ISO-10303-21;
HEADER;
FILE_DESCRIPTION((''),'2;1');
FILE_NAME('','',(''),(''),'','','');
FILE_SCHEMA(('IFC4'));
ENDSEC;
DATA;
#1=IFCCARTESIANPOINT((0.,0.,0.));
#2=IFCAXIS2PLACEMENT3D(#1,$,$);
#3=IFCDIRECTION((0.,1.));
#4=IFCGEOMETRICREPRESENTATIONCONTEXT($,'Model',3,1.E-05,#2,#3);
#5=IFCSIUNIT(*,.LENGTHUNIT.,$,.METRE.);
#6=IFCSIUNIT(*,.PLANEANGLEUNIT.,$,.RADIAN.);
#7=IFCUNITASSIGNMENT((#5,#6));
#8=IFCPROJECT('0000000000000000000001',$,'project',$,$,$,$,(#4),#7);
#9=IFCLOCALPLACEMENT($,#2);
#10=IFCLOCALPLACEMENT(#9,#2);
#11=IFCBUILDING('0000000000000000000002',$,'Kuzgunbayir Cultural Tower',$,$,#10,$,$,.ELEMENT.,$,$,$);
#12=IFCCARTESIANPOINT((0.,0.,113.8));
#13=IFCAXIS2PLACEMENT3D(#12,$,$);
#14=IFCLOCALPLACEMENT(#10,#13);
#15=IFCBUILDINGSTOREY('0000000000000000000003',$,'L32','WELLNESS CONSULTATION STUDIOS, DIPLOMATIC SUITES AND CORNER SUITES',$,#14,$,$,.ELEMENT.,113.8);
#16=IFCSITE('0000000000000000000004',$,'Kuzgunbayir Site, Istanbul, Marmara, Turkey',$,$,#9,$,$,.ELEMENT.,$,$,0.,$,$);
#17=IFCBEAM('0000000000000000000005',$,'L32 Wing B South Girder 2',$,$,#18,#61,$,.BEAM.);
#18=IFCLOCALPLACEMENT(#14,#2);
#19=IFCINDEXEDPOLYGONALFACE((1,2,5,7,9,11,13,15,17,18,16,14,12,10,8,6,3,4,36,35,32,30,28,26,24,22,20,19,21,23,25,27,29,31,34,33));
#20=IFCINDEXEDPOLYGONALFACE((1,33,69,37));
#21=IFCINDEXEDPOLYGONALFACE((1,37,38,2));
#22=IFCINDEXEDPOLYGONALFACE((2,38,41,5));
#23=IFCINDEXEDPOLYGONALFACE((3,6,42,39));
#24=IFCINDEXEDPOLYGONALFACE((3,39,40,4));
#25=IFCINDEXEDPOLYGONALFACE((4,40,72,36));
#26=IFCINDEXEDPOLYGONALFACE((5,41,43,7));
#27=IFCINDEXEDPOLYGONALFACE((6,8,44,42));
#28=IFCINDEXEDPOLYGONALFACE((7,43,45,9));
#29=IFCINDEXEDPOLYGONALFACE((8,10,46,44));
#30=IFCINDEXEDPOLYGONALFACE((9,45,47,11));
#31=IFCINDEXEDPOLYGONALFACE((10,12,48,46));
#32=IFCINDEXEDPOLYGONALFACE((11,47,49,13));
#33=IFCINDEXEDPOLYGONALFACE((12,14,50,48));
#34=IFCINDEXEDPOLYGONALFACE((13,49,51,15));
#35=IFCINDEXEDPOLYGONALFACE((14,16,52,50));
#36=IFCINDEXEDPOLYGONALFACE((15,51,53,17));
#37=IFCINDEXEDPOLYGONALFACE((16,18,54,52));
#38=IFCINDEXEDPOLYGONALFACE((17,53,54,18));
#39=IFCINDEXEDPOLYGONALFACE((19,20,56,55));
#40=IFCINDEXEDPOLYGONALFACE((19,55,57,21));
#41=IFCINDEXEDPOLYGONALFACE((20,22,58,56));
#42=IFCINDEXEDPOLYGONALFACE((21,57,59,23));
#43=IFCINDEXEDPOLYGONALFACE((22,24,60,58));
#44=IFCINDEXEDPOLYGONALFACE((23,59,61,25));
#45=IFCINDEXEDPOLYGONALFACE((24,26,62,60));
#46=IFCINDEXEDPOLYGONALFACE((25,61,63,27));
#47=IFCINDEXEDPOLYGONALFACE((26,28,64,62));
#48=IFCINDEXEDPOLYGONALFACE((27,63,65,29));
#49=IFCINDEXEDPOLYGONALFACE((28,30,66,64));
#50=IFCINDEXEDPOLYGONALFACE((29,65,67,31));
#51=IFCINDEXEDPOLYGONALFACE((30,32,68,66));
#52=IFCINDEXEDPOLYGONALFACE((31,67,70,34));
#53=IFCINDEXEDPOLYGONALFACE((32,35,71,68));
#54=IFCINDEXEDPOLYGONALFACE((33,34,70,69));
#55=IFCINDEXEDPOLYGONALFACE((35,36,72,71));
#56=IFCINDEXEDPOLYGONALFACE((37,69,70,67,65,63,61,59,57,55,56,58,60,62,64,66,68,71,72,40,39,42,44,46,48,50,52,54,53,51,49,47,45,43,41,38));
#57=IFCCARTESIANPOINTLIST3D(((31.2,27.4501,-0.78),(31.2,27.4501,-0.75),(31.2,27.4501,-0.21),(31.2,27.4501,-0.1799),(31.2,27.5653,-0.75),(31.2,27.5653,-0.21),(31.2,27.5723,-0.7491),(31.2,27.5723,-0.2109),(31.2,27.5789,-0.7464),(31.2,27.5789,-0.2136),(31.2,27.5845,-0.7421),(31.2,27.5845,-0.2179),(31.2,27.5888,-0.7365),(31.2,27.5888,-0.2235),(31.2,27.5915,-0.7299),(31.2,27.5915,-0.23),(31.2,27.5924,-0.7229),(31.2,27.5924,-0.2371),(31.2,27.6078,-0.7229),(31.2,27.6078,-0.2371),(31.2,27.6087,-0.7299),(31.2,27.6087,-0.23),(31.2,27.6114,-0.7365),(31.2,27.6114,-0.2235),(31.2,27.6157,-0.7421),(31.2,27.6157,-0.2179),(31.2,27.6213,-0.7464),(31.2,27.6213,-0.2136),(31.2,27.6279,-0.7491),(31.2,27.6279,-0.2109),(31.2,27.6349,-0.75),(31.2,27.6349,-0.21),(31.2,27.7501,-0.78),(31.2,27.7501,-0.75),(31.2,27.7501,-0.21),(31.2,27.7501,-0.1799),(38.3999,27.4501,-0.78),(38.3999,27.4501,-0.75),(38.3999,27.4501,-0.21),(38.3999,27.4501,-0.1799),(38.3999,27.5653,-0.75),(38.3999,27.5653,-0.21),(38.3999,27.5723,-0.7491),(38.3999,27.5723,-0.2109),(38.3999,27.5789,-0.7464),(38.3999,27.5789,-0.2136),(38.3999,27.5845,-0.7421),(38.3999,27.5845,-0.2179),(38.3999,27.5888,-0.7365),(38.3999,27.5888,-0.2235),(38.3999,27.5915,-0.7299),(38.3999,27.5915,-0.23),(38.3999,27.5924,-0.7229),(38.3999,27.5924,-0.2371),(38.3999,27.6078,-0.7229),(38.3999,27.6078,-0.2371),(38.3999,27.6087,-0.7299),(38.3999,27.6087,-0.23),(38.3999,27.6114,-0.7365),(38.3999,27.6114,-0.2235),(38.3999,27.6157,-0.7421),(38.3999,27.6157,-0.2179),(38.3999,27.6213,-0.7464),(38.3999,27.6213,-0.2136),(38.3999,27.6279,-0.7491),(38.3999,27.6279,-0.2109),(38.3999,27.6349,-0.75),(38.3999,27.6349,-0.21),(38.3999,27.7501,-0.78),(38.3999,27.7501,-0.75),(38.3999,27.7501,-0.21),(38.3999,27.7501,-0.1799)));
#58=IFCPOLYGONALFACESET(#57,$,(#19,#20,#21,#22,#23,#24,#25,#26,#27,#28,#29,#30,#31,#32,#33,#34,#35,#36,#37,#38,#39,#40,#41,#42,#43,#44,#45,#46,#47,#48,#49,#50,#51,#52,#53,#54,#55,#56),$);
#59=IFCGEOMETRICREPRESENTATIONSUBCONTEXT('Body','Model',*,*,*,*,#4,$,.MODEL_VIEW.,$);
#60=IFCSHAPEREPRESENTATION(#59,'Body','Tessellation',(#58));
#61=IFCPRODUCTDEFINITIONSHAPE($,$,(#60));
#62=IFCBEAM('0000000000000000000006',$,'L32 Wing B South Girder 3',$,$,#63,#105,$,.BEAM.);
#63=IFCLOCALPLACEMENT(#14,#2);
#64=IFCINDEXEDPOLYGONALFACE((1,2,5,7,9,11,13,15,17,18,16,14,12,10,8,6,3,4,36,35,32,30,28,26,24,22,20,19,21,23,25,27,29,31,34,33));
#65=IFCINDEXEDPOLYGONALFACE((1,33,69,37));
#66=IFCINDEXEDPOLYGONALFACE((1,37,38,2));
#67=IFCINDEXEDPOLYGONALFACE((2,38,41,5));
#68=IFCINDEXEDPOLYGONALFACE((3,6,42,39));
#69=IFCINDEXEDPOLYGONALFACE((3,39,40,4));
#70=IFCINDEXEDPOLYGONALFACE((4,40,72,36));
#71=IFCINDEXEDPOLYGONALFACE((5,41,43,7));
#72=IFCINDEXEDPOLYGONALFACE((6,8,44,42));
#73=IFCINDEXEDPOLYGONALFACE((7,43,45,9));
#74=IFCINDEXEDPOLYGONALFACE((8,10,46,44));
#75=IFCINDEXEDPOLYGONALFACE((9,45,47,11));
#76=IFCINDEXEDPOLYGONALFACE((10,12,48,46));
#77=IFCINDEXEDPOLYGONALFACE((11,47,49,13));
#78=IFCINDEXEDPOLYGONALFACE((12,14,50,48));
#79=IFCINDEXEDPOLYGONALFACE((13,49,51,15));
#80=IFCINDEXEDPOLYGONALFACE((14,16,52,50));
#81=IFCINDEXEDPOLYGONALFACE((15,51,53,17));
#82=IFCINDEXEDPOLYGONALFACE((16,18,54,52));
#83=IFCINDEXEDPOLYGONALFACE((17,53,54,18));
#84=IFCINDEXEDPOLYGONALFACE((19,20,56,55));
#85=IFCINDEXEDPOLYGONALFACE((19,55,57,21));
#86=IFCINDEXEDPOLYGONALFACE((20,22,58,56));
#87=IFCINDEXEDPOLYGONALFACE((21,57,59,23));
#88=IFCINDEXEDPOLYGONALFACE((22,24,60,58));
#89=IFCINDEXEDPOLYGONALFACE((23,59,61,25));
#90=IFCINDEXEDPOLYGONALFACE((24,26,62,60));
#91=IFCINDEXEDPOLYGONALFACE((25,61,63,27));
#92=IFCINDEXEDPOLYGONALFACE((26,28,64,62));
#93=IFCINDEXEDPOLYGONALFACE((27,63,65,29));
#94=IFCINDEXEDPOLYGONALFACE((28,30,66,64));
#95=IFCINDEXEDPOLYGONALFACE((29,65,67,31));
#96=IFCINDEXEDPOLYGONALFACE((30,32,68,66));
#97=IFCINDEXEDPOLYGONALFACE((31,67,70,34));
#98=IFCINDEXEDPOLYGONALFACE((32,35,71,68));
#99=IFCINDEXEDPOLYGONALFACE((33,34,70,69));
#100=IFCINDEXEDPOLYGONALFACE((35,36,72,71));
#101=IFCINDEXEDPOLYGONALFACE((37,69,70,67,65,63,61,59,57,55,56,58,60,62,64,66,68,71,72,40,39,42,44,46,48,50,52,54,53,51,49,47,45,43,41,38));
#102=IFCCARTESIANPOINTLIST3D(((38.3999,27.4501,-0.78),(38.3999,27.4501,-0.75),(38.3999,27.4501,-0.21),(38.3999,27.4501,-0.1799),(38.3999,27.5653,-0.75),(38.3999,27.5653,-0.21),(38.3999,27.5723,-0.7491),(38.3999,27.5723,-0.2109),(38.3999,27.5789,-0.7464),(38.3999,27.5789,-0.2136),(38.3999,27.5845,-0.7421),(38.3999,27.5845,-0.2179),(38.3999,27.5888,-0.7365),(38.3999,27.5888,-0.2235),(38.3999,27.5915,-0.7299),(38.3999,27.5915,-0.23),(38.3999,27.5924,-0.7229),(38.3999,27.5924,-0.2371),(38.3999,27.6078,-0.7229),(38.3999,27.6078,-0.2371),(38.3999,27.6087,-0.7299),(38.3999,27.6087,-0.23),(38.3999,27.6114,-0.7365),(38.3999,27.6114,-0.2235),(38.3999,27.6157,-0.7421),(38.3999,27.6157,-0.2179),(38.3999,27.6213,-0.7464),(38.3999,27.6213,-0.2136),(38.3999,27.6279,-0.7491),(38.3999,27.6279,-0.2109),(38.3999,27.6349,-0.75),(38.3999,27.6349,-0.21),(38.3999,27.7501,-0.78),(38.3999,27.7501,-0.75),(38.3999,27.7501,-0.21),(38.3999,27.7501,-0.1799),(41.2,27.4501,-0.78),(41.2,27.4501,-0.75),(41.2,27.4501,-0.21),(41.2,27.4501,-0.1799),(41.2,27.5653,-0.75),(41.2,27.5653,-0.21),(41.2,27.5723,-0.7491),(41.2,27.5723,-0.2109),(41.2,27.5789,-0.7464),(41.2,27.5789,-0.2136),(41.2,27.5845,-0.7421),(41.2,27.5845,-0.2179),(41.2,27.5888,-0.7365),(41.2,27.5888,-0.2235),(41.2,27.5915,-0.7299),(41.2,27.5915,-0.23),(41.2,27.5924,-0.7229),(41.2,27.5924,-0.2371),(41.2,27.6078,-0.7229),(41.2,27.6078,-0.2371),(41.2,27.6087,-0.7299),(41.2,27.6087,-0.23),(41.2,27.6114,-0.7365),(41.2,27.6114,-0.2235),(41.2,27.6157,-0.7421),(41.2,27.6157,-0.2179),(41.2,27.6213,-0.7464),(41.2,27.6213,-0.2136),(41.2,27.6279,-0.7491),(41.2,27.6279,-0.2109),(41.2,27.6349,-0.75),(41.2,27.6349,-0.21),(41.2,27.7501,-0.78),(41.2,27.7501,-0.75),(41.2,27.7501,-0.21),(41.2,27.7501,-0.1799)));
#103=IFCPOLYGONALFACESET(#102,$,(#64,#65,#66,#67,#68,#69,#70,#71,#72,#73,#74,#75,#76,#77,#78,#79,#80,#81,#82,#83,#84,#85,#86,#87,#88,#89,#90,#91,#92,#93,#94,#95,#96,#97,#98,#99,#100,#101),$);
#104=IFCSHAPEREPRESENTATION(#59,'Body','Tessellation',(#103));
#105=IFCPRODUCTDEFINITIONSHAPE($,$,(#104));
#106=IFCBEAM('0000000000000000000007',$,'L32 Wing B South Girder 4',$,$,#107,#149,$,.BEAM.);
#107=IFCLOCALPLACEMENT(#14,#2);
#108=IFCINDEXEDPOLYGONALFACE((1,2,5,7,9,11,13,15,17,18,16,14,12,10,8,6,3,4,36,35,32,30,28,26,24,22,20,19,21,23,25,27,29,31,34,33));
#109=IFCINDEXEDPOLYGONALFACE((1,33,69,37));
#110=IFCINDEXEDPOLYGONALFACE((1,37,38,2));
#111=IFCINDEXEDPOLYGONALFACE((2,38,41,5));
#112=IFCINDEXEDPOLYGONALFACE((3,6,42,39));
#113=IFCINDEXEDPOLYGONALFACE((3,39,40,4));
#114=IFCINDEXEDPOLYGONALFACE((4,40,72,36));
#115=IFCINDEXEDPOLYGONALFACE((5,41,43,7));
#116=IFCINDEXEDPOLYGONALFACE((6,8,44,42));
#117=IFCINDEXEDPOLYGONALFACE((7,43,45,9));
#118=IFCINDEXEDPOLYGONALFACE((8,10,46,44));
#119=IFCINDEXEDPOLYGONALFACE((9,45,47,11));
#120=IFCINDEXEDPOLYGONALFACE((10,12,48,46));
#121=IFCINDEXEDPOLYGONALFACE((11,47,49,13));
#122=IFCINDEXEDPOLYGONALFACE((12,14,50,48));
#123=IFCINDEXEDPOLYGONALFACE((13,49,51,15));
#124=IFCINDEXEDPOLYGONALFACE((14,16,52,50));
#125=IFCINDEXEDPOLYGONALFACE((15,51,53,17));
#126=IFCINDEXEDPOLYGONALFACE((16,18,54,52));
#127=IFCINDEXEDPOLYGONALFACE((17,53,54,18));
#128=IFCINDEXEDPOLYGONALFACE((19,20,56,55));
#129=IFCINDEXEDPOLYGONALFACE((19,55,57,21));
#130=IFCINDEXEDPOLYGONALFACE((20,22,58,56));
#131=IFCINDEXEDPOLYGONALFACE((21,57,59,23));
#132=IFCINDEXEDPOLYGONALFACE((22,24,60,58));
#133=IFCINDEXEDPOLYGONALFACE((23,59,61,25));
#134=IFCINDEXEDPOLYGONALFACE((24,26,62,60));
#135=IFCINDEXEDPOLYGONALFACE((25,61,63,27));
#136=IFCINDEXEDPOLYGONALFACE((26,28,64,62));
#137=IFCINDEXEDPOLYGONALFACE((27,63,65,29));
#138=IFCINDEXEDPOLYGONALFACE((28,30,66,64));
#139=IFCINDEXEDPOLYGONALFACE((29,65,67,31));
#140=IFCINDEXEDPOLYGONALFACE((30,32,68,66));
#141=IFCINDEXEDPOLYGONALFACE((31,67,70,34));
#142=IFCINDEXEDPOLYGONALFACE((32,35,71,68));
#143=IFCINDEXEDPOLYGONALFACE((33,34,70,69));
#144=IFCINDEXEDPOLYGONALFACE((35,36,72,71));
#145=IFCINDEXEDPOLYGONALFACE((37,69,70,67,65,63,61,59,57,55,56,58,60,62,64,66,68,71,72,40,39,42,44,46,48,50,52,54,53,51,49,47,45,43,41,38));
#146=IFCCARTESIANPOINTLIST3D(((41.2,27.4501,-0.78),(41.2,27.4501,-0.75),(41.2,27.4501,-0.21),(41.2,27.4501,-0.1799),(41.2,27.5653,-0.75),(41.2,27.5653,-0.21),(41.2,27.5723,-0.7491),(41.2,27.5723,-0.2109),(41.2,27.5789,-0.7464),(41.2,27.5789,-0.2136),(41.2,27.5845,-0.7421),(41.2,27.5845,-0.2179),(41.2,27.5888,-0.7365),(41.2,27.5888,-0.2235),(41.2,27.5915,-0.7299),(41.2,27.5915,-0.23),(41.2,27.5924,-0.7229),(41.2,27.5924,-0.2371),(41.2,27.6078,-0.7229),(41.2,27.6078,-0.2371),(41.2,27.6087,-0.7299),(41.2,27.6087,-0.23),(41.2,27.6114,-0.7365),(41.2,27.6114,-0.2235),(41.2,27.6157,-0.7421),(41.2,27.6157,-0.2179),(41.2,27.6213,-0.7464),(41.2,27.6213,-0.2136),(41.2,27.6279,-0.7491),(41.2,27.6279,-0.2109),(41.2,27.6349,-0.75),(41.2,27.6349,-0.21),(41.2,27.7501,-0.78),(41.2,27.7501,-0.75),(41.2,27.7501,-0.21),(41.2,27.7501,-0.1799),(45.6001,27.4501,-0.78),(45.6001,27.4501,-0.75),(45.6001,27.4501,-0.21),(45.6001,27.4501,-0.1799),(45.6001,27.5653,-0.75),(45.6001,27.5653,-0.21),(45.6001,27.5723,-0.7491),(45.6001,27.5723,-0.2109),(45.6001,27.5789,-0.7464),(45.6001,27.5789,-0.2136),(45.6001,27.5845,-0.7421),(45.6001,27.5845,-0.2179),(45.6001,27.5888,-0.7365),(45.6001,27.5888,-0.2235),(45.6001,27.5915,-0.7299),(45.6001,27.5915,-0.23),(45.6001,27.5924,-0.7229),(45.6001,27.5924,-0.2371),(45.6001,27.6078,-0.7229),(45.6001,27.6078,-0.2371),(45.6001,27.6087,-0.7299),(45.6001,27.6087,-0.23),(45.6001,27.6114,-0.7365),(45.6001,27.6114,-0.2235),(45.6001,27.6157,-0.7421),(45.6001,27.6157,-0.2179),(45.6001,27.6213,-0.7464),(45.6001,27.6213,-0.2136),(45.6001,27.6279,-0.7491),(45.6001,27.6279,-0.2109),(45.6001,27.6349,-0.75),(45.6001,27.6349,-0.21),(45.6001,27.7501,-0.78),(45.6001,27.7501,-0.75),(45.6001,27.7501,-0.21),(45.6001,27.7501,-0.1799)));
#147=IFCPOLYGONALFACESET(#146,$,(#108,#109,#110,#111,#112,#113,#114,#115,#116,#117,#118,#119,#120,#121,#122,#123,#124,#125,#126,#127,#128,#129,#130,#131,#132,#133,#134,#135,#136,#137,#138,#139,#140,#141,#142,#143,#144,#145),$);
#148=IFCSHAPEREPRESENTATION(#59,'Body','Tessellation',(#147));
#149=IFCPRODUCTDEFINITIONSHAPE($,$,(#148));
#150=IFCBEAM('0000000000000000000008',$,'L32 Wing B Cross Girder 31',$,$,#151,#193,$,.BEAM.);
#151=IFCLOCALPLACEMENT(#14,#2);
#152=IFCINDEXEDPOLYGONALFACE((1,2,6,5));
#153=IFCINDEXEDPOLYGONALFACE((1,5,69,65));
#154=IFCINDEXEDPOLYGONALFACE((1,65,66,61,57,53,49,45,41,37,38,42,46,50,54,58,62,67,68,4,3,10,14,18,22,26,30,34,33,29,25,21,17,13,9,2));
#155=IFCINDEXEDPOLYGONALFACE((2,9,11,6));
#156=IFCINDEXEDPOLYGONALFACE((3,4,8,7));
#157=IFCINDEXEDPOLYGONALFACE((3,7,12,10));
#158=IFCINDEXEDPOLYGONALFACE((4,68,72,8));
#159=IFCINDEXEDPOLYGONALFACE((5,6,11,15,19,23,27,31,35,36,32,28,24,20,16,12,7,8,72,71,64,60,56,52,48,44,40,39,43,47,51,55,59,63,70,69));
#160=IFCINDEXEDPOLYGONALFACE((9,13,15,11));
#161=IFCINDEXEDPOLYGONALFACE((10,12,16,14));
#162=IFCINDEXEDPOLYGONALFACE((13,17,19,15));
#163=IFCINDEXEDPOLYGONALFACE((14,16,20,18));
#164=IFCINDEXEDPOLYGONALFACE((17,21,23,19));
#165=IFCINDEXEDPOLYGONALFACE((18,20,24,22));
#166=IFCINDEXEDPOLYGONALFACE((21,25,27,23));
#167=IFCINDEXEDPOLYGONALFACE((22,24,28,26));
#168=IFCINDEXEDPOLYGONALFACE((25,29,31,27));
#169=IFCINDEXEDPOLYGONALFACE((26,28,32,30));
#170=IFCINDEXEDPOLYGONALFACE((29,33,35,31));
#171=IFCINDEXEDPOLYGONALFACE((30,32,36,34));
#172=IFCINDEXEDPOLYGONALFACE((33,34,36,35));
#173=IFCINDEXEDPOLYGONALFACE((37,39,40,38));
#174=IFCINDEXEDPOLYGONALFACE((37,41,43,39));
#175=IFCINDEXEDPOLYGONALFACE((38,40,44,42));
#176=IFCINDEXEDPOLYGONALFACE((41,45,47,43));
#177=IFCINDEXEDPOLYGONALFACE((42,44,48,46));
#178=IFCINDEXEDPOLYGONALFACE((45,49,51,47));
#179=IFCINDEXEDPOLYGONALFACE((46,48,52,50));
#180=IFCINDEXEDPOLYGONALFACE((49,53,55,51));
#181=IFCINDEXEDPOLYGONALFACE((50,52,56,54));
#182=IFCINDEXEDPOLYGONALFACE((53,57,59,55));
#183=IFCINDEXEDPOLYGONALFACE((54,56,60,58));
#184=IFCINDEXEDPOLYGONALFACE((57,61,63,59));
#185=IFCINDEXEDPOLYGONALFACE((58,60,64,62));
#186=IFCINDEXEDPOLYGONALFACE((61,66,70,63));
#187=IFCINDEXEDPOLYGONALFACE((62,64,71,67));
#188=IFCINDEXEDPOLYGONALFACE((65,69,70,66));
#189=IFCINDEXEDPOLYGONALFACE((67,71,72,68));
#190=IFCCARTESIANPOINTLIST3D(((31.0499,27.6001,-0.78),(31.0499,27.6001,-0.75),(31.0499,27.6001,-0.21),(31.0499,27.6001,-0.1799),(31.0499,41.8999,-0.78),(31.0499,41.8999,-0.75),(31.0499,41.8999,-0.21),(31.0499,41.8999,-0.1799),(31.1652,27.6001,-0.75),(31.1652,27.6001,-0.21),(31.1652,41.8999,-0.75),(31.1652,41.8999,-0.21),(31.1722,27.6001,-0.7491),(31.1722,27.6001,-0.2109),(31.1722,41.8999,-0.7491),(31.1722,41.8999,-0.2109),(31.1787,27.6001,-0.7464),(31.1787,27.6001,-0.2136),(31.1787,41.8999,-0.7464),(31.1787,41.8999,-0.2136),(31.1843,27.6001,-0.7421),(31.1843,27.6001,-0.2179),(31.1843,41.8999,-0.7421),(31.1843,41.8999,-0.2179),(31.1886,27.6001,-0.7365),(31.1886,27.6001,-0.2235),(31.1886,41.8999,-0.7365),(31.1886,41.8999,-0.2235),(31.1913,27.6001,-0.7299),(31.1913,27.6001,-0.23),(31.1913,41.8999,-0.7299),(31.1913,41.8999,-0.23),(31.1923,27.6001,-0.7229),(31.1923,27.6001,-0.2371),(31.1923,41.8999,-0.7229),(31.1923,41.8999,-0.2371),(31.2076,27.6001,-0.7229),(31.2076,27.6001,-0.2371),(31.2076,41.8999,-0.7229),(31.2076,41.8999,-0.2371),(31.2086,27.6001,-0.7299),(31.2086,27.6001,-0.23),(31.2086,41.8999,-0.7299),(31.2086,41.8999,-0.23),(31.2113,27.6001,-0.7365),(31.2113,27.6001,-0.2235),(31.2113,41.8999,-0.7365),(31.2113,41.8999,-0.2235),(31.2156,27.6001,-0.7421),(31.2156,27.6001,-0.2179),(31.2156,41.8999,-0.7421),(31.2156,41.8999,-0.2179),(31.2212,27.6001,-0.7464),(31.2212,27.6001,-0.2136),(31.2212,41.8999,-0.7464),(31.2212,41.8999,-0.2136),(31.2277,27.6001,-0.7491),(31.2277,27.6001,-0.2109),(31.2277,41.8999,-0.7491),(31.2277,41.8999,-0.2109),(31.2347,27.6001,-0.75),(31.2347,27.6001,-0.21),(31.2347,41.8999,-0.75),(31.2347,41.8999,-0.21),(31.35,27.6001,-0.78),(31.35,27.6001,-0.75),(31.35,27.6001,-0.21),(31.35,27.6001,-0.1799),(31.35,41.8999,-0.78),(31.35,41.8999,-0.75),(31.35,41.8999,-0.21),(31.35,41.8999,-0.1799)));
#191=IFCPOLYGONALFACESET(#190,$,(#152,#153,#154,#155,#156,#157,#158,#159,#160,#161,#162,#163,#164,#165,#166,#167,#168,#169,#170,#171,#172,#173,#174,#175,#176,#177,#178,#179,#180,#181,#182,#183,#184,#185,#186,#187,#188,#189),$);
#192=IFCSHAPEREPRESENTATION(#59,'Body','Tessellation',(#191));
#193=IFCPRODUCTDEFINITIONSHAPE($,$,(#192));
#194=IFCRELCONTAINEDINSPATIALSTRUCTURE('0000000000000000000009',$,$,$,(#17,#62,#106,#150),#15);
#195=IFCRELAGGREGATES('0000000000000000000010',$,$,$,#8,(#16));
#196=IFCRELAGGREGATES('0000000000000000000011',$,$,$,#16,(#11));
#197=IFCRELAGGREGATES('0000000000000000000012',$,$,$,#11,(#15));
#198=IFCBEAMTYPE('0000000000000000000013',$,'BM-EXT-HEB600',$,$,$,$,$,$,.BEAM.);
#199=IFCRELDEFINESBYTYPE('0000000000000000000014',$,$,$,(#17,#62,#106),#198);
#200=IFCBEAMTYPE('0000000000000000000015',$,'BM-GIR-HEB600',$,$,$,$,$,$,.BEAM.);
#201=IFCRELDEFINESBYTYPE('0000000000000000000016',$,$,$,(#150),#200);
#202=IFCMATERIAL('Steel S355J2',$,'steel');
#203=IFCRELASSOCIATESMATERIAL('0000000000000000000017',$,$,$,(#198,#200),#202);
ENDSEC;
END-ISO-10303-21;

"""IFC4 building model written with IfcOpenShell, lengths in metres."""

from ifc_helpers import new_model, si_unit, direction, frame, origin, origin_2d, place, context, subcontext, project, spatial, i_section, extrude, material, material_profile, profile_set, type_object, element, save


model = new_model("IFC4")

# Units and contexts
model_context = context("Model", 3, precision=1e-05, world=origin(), true_north=direction((0.0, 1.0)))
body_context = subcontext(model_context, "Body", "Model", "MODEL_VIEW")
ifc_project = project(units=[si_unit("LENGTHUNIT", "METRE"), si_unit("PLANEANGLEUNIT", "RADIAN")], contexts=[model_context])

# Site, building, storey
site_placement = place(None, origin())
site = spatial("IfcSite", under=ifc_project, at=site_placement, Name="Kuzgunbayir Site, Istanbul, Marmara, Turkey", CompositionType="ELEMENT", RefElevation=0.0)
building_placement = place(site_placement, origin())
building = spatial("IfcBuilding", under=site, at=building_placement, Name="Kuzgunbayir Cultural Tower", CompositionType="ELEMENT")
storey_placement = place(building_placement, frame((0.0, 0.0, 113.8)))
storey = spatial("IfcBuildingStorey", under=building, at=storey_placement, Name="L32", Description="WELLNESS CONSULTATION STUDIOS, DIPLOMATIC SUITES AND CORNER SUITES", CompositionType="ELEMENT", Elevation=113.8)

# Beams
ifc_material_1 = material(Name="Steel S355J2", Category="steel")
ifc_material_profile_1 = material_profile(ifc_material_1, i_section(OverallWidth=0.3, OverallDepth=0.6001, WebThickness=0.0154, FlangeThickness=0.03, FilletRadius=0.0271, at=origin_2d()), Name="HEB 600")
ifc_profile_set_1 = profile_set([ifc_material_profile_1], Name="Steel S355J2")
beam_type_1 = type_object("IfcBeamType", Name="BM-EXT-HEB600", PredefinedType="BEAM", material=ifc_profile_set_1)
beam_1_placement = place(storey_placement, frame((31.2, 27.6001, -0.48), z_axis=(1.0, 0.0, 0.0), x_axis=(0.0, 1.0, 0.0)))
element("IfcBeam", 1, at=beam_1_placement, inside=storey, type_object=beam_type_1, Name="L32 Wing B South Girder 2", PredefinedType="BEAM", context=body_context, shape_type="SweptSolid", body=[
    extrude(i_section(OverallWidth=0.3, OverallDepth=0.6001, WebThickness=0.0154, FlangeThickness=0.03, FilletRadius=0.0271, at=origin_2d()), origin(), (0.0, 0.0, 1.0), 7.2),
])
beam_2_placement = place(storey_placement, frame((38.3999, 27.6001, -0.48), z_axis=(1.0, 0.0, 0.0), x_axis=(0.0, 1.0, 0.0)))
element("IfcBeam", 2, at=beam_2_placement, inside=storey, type_object=beam_type_1, Name="L32 Wing B South Girder 3", PredefinedType="BEAM", context=body_context, shape_type="SweptSolid", body=[
    extrude(i_section(OverallWidth=0.3, OverallDepth=0.6001, WebThickness=0.0154, FlangeThickness=0.03, FilletRadius=0.0271, at=origin_2d()), origin(), (0.0, 0.0, 1.0), 2.8),
])
beam_3_placement = place(storey_placement, frame((41.2, 27.6001, -0.48), z_axis=(1.0, 0.0, 0.0), x_axis=(0.0, 1.0, 0.0)))
element("IfcBeam", 3, at=beam_3_placement, inside=storey, type_object=beam_type_1, Name="L32 Wing B South Girder 4", PredefinedType="BEAM", context=body_context, shape_type="SweptSolid", body=[
    extrude(i_section(OverallWidth=0.3, OverallDepth=0.6001, WebThickness=0.0154, FlangeThickness=0.03, FilletRadius=0.0271, at=origin_2d()), origin(), (0.0, 0.0, 1.0), 4.4001),
])
ifc_material_profile_2 = material_profile(ifc_material_1, i_section(OverallWidth=0.3, OverallDepth=0.6001, WebThickness=0.0154, FlangeThickness=0.03, FilletRadius=0.0271, at=origin_2d()), Name="HEB 600")
ifc_profile_set_2 = profile_set([ifc_material_profile_2], Name="Steel S355J2")
beam_type_2 = type_object("IfcBeamType", Name="BM-GIR-HEB600", PredefinedType="BEAM", material=ifc_profile_set_2)
beam_4_placement = place(storey_placement, frame((31.2, 27.6001, -0.48), z_axis=(0.0, 1.0, 0.0), x_axis=(-1.0, 0.0, 0.0)))
element("IfcBeam", 4, at=beam_4_placement, inside=storey, type_object=beam_type_2, Name="L32 Wing B Cross Girder 31", PredefinedType="BEAM", context=body_context, shape_type="SweptSolid", body=[
    extrude(i_section(OverallWidth=0.3, OverallDepth=0.6001, WebThickness=0.0154, FlangeThickness=0.03, FilletRadius=0.0271, at=origin_2d()), origin(), (0.0, 0.0, 1.0), 14.2998),
])

save(model, "model.ifc")
